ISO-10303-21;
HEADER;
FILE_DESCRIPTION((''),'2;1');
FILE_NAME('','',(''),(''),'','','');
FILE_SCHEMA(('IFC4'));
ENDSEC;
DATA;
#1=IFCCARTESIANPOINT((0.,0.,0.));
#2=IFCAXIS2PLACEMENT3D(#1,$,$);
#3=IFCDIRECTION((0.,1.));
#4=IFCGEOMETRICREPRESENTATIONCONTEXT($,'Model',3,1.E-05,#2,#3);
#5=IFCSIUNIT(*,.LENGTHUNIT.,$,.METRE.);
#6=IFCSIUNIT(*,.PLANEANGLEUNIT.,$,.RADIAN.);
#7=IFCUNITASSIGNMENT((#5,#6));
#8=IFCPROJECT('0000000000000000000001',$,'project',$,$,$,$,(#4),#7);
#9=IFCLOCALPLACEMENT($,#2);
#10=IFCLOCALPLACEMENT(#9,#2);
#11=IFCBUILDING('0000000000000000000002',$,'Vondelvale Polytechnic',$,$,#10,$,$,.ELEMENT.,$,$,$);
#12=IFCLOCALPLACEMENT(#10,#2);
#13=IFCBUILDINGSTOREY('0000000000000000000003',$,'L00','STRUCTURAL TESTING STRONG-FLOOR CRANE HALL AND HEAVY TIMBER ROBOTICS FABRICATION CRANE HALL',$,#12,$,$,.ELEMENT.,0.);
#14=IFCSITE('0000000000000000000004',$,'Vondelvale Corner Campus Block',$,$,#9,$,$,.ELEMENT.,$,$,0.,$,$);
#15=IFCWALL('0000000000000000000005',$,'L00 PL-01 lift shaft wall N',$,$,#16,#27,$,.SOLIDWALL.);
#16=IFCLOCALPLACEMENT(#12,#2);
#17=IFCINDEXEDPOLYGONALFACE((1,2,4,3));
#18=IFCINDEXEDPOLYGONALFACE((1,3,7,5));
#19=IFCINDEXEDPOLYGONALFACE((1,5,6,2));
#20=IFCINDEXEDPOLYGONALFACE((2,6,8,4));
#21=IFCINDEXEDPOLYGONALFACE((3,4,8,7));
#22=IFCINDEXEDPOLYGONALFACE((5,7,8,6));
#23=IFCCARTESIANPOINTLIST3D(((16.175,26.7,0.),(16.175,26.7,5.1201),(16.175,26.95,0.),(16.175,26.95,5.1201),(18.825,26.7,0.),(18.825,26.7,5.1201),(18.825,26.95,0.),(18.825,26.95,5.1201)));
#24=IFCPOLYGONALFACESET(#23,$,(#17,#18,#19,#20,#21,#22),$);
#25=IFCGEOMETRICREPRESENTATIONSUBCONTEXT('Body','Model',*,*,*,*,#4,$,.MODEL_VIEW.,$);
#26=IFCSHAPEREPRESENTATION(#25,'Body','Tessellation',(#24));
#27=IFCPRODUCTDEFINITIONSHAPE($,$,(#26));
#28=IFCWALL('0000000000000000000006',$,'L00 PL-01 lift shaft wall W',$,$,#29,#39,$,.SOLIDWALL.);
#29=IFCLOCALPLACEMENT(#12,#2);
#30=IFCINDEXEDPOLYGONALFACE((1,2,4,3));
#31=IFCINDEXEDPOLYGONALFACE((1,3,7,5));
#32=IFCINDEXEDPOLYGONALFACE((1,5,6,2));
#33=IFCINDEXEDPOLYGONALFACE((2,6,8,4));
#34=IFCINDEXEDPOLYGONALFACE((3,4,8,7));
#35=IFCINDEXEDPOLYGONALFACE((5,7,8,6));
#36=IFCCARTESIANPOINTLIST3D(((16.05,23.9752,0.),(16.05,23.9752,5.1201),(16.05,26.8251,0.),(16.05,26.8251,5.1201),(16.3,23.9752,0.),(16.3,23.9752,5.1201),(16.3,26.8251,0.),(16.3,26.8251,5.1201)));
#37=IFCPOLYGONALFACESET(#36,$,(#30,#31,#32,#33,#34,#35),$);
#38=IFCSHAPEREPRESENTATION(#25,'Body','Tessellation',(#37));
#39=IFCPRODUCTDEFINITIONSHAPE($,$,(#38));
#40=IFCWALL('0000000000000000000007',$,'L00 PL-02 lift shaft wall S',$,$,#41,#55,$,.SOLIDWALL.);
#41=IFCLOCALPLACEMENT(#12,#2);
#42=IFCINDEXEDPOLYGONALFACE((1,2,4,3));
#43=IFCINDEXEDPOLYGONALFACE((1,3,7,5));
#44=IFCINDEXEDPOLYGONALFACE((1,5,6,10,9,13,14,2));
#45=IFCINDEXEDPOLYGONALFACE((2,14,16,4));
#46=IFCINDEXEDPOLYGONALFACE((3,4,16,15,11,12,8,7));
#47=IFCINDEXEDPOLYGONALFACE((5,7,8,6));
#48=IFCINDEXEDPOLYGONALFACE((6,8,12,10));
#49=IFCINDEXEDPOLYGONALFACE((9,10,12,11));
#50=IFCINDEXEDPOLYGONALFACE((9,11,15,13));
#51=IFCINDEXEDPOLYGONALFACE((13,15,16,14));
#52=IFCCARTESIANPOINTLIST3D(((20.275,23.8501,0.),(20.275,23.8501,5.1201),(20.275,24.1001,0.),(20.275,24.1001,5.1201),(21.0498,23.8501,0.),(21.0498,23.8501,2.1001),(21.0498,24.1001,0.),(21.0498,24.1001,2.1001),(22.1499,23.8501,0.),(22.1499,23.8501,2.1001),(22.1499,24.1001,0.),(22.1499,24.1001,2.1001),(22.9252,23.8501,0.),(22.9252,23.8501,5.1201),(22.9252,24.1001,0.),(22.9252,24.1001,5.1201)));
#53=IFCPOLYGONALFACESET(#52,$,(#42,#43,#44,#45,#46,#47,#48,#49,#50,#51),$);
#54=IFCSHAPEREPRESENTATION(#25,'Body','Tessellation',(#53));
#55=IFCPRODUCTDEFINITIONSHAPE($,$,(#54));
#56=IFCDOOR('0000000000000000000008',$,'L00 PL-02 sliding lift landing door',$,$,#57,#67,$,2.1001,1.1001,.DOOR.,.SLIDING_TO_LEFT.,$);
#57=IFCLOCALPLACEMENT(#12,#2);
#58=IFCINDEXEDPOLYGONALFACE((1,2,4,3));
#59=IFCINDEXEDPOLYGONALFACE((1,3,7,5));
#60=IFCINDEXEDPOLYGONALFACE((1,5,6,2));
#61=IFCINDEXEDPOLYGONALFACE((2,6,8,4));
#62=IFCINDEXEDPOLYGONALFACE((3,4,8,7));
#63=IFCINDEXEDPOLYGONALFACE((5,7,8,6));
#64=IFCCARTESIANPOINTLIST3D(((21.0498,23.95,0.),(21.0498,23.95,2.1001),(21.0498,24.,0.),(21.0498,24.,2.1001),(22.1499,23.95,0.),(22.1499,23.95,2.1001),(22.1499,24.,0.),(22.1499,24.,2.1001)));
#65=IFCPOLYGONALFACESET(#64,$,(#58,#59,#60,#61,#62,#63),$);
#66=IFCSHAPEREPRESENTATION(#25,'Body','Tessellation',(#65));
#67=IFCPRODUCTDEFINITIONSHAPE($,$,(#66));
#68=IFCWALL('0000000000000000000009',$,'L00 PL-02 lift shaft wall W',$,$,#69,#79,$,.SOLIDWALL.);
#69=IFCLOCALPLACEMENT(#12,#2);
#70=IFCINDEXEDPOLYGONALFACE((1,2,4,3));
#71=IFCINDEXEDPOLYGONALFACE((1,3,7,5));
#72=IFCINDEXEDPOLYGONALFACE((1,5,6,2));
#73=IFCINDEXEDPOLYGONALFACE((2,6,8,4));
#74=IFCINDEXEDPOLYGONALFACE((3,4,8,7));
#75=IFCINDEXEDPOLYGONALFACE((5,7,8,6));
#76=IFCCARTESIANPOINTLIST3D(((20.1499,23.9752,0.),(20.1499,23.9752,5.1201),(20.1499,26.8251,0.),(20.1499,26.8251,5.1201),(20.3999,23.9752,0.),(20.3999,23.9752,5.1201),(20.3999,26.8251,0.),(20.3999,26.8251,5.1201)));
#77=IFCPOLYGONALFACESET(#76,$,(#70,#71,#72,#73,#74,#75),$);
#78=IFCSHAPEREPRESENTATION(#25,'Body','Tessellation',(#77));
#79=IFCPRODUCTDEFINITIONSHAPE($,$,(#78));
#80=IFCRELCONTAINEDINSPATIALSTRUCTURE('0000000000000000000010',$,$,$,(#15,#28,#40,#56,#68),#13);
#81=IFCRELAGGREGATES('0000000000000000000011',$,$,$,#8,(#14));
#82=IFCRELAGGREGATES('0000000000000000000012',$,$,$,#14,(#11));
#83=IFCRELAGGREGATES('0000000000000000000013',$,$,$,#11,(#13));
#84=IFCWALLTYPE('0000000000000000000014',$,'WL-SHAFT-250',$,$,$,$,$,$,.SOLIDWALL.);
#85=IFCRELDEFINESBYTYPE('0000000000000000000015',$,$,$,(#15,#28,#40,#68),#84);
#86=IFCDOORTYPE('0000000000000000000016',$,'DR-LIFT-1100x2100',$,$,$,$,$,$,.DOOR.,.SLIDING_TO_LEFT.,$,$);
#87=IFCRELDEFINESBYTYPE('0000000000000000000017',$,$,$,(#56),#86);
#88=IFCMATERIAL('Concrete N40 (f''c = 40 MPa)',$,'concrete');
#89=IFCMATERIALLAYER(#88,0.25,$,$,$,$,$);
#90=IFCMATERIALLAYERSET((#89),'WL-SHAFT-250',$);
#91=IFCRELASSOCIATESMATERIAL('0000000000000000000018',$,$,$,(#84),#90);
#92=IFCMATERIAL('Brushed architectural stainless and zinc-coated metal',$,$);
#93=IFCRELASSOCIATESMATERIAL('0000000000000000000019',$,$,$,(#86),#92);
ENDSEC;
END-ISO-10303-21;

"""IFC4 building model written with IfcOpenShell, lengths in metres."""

from ifc_helpers import new_model, si_unit, direction, frame, frame_2d, origin, place, context, subcontext, project, spatial, rectangle, extrude, material, layer, layer_set, type_object, element, fill, save


model = new_model("IFC4")

# Units and contexts
model_context = context("Model", 3, precision=1e-05, world=origin(), true_north=direction((0.0, 1.0)))
body_context = subcontext(model_context, "Body", "Model", "MODEL_VIEW")
ifc_project = project(units=[si_unit("LENGTHUNIT", "METRE"), si_unit("PLANEANGLEUNIT", "RADIAN")], contexts=[model_context])

# Site, building, storey
site_placement = place(None, origin())
site = spatial("IfcSite", under=ifc_project, at=site_placement, Name="Vondelvale Corner Campus Block", CompositionType="ELEMENT", RefElevation=0.0)
building_placement = place(site_placement, origin())
building = spatial("IfcBuilding", under=site, at=building_placement, Name="Vondelvale Polytechnic", CompositionType="ELEMENT")
storey_placement = place(building_placement, origin())
storey = spatial("IfcBuildingStorey", under=building, at=storey_placement, Name="L00", Description="STRUCTURAL TESTING STRONG-FLOOR CRANE HALL AND HEAVY TIMBER ROBOTICS FABRICATION CRANE HALL", CompositionType="ELEMENT", Elevation=0.0)

# Shared definitions
ifc_material_1 = material(Name="Concrete N40 (f'c = 40 MPa)", Category="concrete")

# Shared definitions
ifc_layer_1 = layer(ifc_material_1, 0.25)
ifc_layer_set_1 = layer_set([ifc_layer_1], Name="WL-SHAFT-250")
wall_type_1 = type_object("IfcWallType", Name="WL-SHAFT-250", PredefinedType="SOLIDWALL", material=ifc_layer_set_1)
ifc_material_2 = material(Name="Brushed architectural stainless and zinc-coated metal")
door_type_1 = type_object("IfcDoorType", Name="DR-LIFT-1100x2100", OperationType="SLIDING_TO_LEFT", PredefinedType="DOOR", material=ifc_material_2)

# Walls
wall_1_placement = place(storey_placement, frame((18.825, 26.825, 0.0), z_axis=(0.0, 0.0, 1.0), x_axis=(-1.0, 0.0, 0.0)))
element("IfcWall", 1, at=wall_1_placement, inside=storey, type_object=wall_type_1, Name="L00 PL-01 lift shaft wall N", PredefinedType="SOLIDWALL", context=body_context, shape_type="SweptSolid", body=[
    extrude(rectangle(XDim=2.6499, YDim=0.25, at=frame_2d((1.325, 0.0))), origin(), (0.0, 0.0, 1.0), 5.1201),
])
wall_2_placement = place(storey_placement, frame((16.175, 26.825, 0.0), z_axis=(0.0, 0.0, 1.0), x_axis=(0.0, -1.0, 0.0)))
element("IfcWall", 2, at=wall_2_placement, inside=storey, type_object=wall_type_1, Name="L00 PL-01 lift shaft wall W", PredefinedType="SOLIDWALL", context=body_context, shape_type="SweptSolid", body=[
    extrude(rectangle(XDim=2.8499, YDim=0.25, at=frame_2d((1.4248, 0.0))), origin(), (0.0, 0.0, 1.0), 5.1201),
])

# Wall, opening, door
wall_3_placement = place(storey_placement, frame((20.2749, 23.9751, 0.0), z_axis=(0.0, 0.0, 1.0), x_axis=(1.0, 0.0, 0.0)))
wall_3 = element("IfcWall", 3, at=wall_3_placement, inside=storey, type_object=wall_type_1, Name="L00 PL-02 lift shaft wall S", PredefinedType="SOLIDWALL", context=body_context, shape_type="SweptSolid", body=[
    extrude(rectangle(XDim=2.6501, YDim=0.25, at=frame_2d((1.3252, 0.0))), origin(), (0.0, 0.0, 1.0), 5.1201),
])
opening_1_placement = place(wall_3_placement, frame((0.7749, 0.0, 0.0)))
opening_1 = element("IfcOpeningElement", 4, at=opening_1_placement, cuts=wall_3, PredefinedType="OPENING", context=body_context, shape_type="SweptSolid", body=[
    extrude(rectangle(XDim=1.1001, YDim=2.1001, at=frame_2d((0.55, 1.05))), frame((0.0, 0.135, 0.0), z_axis=(0.0, -1.0, 0.0), x_axis=(1.0, 0.0, 0.0)), (0.0, 0.0, 1.0), 0.27),
])
door_1_placement = place(opening_1_placement, origin())
door_1 = element("IfcDoor", 5, at=door_1_placement, inside=storey, type_object=door_type_1, Name="L00 PL-02 sliding lift landing door", OperationType="SLIDING_TO_LEFT", OverallHeight=2.1001, OverallWidth=1.1001, PredefinedType="DOOR", context=body_context, shape_type="SweptSolid", body=[
    extrude(rectangle(XDim=1.1001, YDim=2.1001, at=frame_2d((0.55, 1.05))), frame((0.0, 0.0249, 0.0), z_axis=(0.0, -1.0, 0.0), x_axis=(1.0, 0.0, 0.0)), (0.0, 0.0, 1.0), 0.05),
])
fill(opening_1, door_1)

# Wall
wall_4_placement = place(storey_placement, frame((20.2749, 26.825, 0.0), z_axis=(0.0, 0.0, 1.0), x_axis=(0.0, -1.0, 0.0)))
element("IfcWall", 6, at=wall_4_placement, inside=storey, type_object=wall_type_1, Name="L00 PL-02 lift shaft wall W", PredefinedType="SOLIDWALL", context=body_context, shape_type="SweptSolid", body=[
    extrude(rectangle(XDim=2.8499, YDim=0.25, at=frame_2d((1.4248, 0.0))), origin(), (0.0, 0.0, 1.0), 5.1201),
])

save(model, "model.ifc")
